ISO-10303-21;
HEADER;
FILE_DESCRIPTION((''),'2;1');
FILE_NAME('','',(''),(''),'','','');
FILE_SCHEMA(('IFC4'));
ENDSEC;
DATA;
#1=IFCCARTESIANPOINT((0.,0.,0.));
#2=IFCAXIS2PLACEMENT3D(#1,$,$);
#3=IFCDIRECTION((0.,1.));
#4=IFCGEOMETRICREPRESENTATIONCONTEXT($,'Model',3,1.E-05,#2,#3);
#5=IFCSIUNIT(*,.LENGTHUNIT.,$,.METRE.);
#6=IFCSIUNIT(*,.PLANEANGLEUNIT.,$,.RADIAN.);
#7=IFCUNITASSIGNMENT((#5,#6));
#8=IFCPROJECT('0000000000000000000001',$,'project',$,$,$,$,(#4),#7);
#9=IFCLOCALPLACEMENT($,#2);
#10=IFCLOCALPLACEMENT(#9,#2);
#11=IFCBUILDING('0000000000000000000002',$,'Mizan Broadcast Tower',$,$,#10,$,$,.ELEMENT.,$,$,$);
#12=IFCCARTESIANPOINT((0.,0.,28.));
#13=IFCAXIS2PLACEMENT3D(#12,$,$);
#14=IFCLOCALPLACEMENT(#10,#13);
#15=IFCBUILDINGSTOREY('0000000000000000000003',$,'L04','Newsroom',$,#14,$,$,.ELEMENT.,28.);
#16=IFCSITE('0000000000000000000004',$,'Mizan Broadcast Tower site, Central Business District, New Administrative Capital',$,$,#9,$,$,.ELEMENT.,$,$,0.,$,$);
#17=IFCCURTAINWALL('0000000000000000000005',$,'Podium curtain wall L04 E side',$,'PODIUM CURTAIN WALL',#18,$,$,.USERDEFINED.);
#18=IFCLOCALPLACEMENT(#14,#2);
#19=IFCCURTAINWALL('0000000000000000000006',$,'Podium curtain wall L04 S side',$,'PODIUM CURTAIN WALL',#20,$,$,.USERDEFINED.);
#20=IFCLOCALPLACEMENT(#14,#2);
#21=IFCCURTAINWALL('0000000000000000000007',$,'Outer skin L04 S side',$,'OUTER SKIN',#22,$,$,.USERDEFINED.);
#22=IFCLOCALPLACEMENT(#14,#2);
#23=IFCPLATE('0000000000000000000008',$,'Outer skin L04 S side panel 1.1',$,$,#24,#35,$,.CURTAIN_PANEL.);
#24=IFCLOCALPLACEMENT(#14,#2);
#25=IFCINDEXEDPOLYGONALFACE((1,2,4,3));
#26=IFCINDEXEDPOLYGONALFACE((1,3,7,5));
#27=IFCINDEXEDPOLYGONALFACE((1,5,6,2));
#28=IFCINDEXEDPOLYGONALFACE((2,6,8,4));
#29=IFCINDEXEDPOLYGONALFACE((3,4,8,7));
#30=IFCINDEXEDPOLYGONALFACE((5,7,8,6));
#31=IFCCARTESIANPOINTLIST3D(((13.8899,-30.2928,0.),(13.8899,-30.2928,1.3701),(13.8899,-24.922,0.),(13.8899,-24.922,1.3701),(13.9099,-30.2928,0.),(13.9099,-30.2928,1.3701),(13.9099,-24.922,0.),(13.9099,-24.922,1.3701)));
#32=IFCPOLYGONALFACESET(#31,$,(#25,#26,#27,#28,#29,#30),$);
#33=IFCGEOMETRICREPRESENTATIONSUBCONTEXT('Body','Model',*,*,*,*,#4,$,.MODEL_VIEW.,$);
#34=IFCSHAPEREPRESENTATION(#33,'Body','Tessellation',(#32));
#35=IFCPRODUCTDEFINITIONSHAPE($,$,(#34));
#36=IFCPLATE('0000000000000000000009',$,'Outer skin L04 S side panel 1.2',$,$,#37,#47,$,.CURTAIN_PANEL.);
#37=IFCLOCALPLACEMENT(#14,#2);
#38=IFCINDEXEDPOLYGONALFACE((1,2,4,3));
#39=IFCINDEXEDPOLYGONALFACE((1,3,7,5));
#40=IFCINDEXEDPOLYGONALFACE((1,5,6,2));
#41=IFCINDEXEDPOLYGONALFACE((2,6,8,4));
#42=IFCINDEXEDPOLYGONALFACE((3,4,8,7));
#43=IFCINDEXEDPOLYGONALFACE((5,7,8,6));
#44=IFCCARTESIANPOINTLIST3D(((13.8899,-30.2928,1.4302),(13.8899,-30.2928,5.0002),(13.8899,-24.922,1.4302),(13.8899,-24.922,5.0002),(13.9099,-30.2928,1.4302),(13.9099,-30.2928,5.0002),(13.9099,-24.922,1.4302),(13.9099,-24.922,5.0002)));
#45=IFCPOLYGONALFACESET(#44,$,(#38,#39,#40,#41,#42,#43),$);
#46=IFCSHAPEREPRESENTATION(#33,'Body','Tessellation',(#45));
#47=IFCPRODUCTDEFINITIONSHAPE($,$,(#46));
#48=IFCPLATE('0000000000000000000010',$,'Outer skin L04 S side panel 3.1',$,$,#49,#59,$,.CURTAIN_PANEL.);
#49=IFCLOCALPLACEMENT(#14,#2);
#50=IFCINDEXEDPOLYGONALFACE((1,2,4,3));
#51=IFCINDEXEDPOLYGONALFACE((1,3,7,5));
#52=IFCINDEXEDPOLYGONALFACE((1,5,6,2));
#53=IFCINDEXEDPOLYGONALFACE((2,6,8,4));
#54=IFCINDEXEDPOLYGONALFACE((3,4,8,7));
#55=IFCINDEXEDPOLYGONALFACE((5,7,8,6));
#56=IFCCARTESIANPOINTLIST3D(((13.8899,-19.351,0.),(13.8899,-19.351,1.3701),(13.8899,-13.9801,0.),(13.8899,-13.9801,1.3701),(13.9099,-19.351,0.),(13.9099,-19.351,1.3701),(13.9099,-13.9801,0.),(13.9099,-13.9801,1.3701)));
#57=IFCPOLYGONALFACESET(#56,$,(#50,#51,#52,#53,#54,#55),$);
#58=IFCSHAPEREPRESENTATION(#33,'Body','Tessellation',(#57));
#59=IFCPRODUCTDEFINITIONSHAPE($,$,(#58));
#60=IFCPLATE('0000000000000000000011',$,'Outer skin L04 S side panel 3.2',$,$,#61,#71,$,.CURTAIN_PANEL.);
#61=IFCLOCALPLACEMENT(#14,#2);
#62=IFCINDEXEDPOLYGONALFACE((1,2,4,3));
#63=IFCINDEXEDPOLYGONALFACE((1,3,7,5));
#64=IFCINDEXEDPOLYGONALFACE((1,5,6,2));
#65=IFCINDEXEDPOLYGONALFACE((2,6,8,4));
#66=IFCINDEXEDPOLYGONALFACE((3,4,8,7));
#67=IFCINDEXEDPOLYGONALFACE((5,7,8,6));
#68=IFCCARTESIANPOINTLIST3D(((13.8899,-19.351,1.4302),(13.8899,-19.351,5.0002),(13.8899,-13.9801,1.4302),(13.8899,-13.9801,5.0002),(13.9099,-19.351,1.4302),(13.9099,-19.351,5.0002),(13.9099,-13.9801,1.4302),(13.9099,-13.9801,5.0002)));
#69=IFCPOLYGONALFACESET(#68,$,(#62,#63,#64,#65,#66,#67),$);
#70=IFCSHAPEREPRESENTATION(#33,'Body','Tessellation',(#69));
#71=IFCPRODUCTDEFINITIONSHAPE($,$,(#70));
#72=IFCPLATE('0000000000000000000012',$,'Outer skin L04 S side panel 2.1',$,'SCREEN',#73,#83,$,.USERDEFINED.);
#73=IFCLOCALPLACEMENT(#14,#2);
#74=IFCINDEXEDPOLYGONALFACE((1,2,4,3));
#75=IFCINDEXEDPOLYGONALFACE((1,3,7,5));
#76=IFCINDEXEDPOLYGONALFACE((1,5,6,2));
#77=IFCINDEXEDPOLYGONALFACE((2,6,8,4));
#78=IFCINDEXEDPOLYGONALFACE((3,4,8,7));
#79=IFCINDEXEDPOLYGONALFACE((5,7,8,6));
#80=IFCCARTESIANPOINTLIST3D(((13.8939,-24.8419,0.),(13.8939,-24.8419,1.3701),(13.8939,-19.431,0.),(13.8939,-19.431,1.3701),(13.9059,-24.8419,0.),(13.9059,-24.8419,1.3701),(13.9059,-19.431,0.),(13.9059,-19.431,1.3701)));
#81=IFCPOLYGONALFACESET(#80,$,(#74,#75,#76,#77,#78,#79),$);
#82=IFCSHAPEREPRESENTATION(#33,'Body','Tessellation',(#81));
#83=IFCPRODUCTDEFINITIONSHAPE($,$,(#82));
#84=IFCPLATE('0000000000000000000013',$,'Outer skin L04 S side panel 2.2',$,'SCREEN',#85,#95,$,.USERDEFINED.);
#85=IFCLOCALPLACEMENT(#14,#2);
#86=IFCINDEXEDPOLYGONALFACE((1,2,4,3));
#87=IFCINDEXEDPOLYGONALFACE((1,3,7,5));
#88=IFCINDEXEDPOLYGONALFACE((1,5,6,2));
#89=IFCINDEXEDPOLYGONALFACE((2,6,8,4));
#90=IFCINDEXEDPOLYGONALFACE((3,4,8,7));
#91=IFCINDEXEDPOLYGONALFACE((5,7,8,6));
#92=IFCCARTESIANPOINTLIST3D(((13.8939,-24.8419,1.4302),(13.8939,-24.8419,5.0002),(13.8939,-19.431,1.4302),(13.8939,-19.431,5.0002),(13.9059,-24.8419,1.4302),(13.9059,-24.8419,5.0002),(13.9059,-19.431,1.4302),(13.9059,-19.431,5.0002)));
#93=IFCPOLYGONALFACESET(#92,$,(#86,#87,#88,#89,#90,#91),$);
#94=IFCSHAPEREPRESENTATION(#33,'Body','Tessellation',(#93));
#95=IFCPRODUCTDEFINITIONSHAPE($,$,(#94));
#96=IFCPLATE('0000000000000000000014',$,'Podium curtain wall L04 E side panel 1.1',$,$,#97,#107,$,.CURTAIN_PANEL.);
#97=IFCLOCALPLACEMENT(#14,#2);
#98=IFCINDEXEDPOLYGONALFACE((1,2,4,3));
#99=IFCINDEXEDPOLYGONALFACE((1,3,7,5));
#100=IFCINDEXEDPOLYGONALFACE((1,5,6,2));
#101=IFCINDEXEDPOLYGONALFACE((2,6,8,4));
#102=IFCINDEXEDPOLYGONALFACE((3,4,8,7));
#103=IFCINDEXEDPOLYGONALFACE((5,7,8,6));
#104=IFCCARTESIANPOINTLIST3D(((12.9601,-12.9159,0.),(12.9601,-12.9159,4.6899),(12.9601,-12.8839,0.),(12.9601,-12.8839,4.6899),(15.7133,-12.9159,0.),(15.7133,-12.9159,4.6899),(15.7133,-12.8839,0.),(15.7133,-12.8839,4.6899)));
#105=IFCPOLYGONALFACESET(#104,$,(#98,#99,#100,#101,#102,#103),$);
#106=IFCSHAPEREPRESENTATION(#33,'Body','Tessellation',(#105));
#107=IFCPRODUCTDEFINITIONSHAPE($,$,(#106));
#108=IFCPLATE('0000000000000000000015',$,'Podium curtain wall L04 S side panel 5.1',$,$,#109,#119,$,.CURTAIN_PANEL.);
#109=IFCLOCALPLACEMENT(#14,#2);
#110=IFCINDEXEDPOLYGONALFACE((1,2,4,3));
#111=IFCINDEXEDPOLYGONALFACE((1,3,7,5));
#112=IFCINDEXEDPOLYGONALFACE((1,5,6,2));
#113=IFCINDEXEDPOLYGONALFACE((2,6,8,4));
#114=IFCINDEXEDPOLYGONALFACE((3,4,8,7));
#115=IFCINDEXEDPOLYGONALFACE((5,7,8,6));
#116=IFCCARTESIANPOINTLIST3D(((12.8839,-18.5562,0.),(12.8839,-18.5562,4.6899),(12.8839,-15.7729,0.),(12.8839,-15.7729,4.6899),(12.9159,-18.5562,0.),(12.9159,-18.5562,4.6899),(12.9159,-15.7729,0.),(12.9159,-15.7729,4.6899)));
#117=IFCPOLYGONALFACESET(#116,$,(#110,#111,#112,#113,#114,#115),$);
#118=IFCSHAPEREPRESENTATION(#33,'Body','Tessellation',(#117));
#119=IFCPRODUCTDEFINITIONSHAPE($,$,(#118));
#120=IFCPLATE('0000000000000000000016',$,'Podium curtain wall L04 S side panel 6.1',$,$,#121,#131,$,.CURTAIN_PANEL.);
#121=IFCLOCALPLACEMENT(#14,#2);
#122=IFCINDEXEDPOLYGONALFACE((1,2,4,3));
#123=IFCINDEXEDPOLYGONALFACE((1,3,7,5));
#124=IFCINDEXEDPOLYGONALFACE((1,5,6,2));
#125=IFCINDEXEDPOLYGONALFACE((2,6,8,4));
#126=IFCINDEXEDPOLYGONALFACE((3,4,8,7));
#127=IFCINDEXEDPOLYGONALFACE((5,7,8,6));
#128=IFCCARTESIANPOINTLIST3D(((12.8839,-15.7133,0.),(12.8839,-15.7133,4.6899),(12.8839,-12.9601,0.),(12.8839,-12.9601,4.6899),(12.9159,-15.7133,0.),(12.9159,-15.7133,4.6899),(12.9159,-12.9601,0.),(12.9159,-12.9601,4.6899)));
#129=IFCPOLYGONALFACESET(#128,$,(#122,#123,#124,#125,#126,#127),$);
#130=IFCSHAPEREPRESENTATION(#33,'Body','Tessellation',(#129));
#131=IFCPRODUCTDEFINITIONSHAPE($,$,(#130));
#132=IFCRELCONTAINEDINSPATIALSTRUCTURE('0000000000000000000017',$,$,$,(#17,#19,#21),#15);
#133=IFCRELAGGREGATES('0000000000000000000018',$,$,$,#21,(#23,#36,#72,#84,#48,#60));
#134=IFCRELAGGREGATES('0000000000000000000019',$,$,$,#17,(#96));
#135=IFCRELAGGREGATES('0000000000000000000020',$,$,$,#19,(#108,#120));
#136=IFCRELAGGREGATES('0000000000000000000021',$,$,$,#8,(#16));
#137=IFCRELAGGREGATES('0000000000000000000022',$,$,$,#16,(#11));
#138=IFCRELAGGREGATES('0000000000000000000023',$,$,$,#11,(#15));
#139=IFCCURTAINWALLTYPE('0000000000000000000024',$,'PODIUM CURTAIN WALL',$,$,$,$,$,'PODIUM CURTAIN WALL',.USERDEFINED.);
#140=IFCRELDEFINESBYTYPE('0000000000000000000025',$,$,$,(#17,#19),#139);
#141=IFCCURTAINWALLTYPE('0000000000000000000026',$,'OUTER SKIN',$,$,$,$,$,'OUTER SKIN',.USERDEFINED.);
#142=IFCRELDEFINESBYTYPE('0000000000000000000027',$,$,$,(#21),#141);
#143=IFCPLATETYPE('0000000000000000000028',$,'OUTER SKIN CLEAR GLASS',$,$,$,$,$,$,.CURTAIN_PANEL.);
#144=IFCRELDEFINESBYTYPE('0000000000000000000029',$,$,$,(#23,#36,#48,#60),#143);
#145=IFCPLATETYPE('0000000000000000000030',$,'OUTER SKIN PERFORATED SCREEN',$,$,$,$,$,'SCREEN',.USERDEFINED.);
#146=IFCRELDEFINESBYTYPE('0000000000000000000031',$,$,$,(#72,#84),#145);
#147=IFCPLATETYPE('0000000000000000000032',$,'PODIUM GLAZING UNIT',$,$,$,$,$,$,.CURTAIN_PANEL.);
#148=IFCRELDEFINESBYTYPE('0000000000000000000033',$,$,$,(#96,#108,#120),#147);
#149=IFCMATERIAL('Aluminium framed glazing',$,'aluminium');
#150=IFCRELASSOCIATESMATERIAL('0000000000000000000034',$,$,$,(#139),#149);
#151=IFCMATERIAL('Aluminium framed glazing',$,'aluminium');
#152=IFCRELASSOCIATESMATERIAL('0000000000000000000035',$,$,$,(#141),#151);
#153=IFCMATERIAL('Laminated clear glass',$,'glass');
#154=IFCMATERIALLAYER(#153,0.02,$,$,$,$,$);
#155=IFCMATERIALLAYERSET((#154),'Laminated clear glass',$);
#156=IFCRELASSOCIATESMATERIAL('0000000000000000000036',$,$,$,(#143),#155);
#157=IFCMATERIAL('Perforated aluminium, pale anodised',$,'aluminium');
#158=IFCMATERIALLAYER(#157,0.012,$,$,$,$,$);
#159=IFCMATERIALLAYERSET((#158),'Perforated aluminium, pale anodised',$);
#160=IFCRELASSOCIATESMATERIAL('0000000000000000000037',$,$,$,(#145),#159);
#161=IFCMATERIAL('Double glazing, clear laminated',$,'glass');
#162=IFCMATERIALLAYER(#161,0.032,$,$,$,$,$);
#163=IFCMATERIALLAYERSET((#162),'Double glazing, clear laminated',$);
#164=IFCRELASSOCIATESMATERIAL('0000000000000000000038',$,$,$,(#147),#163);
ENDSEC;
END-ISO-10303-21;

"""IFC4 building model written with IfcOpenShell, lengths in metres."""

from ifc_helpers import new_model, si_unit, direction, frame, origin, origin_2d, place, context, subcontext, project, spatial, rectangle, extrude, material, layer, layer_set, type_object, element, aggregate, save


model = new_model("IFC4")

# Units and contexts
model_context = context("Model", 3, precision=1e-05, world=origin(), true_north=direction((0.0, 1.0)))
body_context = subcontext(model_context, "Body", "Model", "MODEL_VIEW")
ifc_project = project(units=[si_unit("LENGTHUNIT", "METRE"), si_unit("PLANEANGLEUNIT", "RADIAN")], contexts=[model_context])

# Site, building, storey
site_placement = place(None, origin())
site = spatial("IfcSite", under=ifc_project, at=site_placement, Name="Mizan Broadcast Tower site, Central Business District, New Administrative Capital", CompositionType="ELEMENT", RefElevation=0.0)
building_placement = place(site_placement, origin())
building = spatial("IfcBuilding", under=site, at=building_placement, Name="Mizan Broadcast Tower", CompositionType="ELEMENT")
storey_placement = place(building_placement, frame((0.0, 0.0, 28.0)))
storey = spatial("IfcBuildingStorey", under=building, at=storey_placement, Name="L04", Description="Newsroom", CompositionType="ELEMENT", Elevation=28.0)

# Curtain wall
ifc_material_1 = material(Name="Aluminium framed glazing", Category="aluminium")
curtain_wall_type_1 = type_object("IfcCurtainWallType", Name="PODIUM CURTAIN WALL", ElementType="PODIUM CURTAIN WALL", PredefinedType="USERDEFINED", material=ifc_material_1)
curtain_wall_1_placement = place(storey_placement, origin())
curtain_wall_1 = element("IfcCurtainWall", 1, at=curtain_wall_1_placement, inside=storey, type_object=curtain_wall_type_1, Name="Podium curtain wall L04 E side", ObjectType="PODIUM CURTAIN WALL", PredefinedType="USERDEFINED")

# Curtain wall
curtain_wall_2_placement = place(storey_placement, origin())
curtain_wall_2 = element("IfcCurtainWall", 2, at=curtain_wall_2_placement, inside=storey, type_object=curtain_wall_type_1, Name="Podium curtain wall L04 S side", ObjectType="PODIUM CURTAIN WALL", PredefinedType="USERDEFINED")

# Shared definitions
ifc_material_2 = material(Name="Aluminium framed glazing", Category="aluminium")
curtain_wall_type_2 = type_object("IfcCurtainWallType", Name="OUTER SKIN", ElementType="OUTER SKIN", PredefinedType="USERDEFINED", material=ifc_material_2)

# Curtain wall
curtain_wall_3_placement = place(storey_placement, origin())
curtain_wall_3 = element("IfcCurtainWall", 3, at=curtain_wall_3_placement, inside=storey, type_object=curtain_wall_type_2, Name="Outer skin L04 S side", ObjectType="OUTER SKIN", PredefinedType="USERDEFINED")

# Plates
ifc_material_3 = material(Name="Laminated clear glass", Category="glass")
ifc_layer_1 = layer(ifc_material_3, 0.02)
ifc_layer_set_1 = layer_set([ifc_layer_1], Name="Laminated clear glass")
plate_type_1 = type_object("IfcPlateType", Name="OUTER SKIN CLEAR GLASS", PredefinedType="CURTAIN_PANEL", material=ifc_layer_set_1)
plate_1_placement = place(storey_placement, frame((13.8999, -27.6074, 0.0), z_axis=(0.0, 0.0, 1.0), x_axis=(0.0, 1.0, 0.0)))
plate_1 = element("IfcPlate", 4, at=plate_1_placement, type_object=plate_type_1, Name="Outer skin L04 S side panel 1.1", PredefinedType="CURTAIN_PANEL", context=body_context, shape_type="SweptSolid", body=[
    extrude(rectangle(XDim=5.3708, YDim=0.02, at=origin_2d()), origin(), (0.0, 0.0, 1.0), 1.3701),
])
plate_2_placement = place(storey_placement, frame((13.8999, -27.6074, 1.4302), z_axis=(0.0, 0.0, 1.0), x_axis=(0.0, 1.0, 0.0)))
plate_2 = element("IfcPlate", 5, at=plate_2_placement, type_object=plate_type_1, Name="Outer skin L04 S side panel 1.2", PredefinedType="CURTAIN_PANEL", context=body_context, shape_type="SweptSolid", body=[
    extrude(rectangle(XDim=5.3708, YDim=0.02, at=origin_2d()), origin(), (0.0, 0.0, 1.0), 3.5701),
])
plate_3_placement = place(storey_placement, frame((13.8999, -16.6655, 0.0), z_axis=(0.0, 0.0, 1.0), x_axis=(0.0, 1.0, 0.0)))
plate_3 = element("IfcPlate", 6, at=plate_3_placement, type_object=plate_type_1, Name="Outer skin L04 S side panel 3.1", PredefinedType="CURTAIN_PANEL", context=body_context, shape_type="SweptSolid", body=[
    extrude(rectangle(XDim=5.3708, YDim=0.02, at=origin_2d()), origin(), (0.0, 0.0, 1.0), 1.3701),
])
plate_4_placement = place(storey_placement, frame((13.8999, -16.6655, 1.4302), z_axis=(0.0, 0.0, 1.0), x_axis=(0.0, 1.0, 0.0)))
plate_4 = element("IfcPlate", 7, at=plate_4_placement, type_object=plate_type_1, Name="Outer skin L04 S side panel 3.2", PredefinedType="CURTAIN_PANEL", context=body_context, shape_type="SweptSolid", body=[
    extrude(rectangle(XDim=5.3708, YDim=0.02, at=origin_2d()), origin(), (0.0, 0.0, 1.0), 3.5701),
])
ifc_material_4 = material(Name="Perforated aluminium, pale anodised", Category="aluminium")
ifc_layer_2 = layer(ifc_material_4, 0.012)
ifc_layer_set_2 = layer_set([ifc_layer_2], Name="Perforated aluminium, pale anodised")
plate_type_2 = type_object("IfcPlateType", Name="OUTER SKIN PERFORATED SCREEN", ElementType="SCREEN", PredefinedType="USERDEFINED", material=ifc_layer_set_2)
plate_5_placement = place(storey_placement, frame((13.8999, -22.1365, 0.0), z_axis=(0.0, 0.0, 1.0), x_axis=(0.0, 1.0, 0.0)))
plate_5 = element("IfcPlate", 8, at=plate_5_placement, type_object=plate_type_2, Name="Outer skin L04 S side panel 2.1", ObjectType="SCREEN", PredefinedType="USERDEFINED", context=body_context, shape_type="SweptSolid", body=[
    extrude(rectangle(XDim=5.4109, YDim=0.012, at=origin_2d()), origin(), (0.0, 0.0, 1.0), 1.3701),
])
plate_6_placement = place(storey_placement, frame((13.8999, -22.1365, 1.4302), z_axis=(0.0, 0.0, 1.0), x_axis=(0.0, 1.0, 0.0)))
plate_6 = element("IfcPlate", 9, at=plate_6_placement, type_object=plate_type_2, Name="Outer skin L04 S side panel 2.2", ObjectType="SCREEN", PredefinedType="USERDEFINED", context=body_context, shape_type="SweptSolid", body=[
    extrude(rectangle(XDim=5.4109, YDim=0.012, at=origin_2d()), origin(), (0.0, 0.0, 1.0), 3.5701),
])
aggregate(curtain_wall_3, [plate_1, plate_2, plate_5, plate_6, plate_3, plate_4])
ifc_material_5 = material(Name="Double glazing, clear laminated", Category="glass")
ifc_layer_3 = layer(ifc_material_5, 0.032)
ifc_layer_set_3 = layer_set([ifc_layer_3], Name="Double glazing, clear laminated")
plate_type_3 = type_object("IfcPlateType", Name="PODIUM GLAZING UNIT", PredefinedType="CURTAIN_PANEL", material=ifc_layer_set_3)
plate_7_placement = place(storey_placement, frame((14.3367, -12.8999, 0.0), z_axis=(0.0, 0.0, 1.0), x_axis=(1.0, 0.0, 0.0)))
plate_7 = element("IfcPlate", 10, at=plate_7_placement, type_object=plate_type_3, Name="Podium curtain wall L04 E side panel 1.1", PredefinedType="CURTAIN_PANEL", context=body_context, shape_type="SweptSolid", body=[
    extrude(rectangle(XDim=2.7532, YDim=0.032, at=origin_2d()), origin(), (0.0, 0.0, 1.0), 4.6899),
])
aggregate(curtain_wall_1, [plate_7])
plate_8_placement = place(storey_placement, frame((12.8999, -17.1646, 0.0), z_axis=(0.0, 0.0, 1.0), x_axis=(0.0, 1.0, 0.0)))
plate_8 = element("IfcPlate", 11, at=plate_8_placement, type_object=plate_type_3, Name="Podium curtain wall L04 S side panel 5.1", PredefinedType="CURTAIN_PANEL", context=body_context, shape_type="SweptSolid", body=[
    extrude(rectangle(XDim=2.7832, YDim=0.032, at=origin_2d()), origin(), (0.0, 0.0, 1.0), 4.6899),
])
plate_9_placement = place(storey_placement, frame((12.8999, -14.3367, 0.0), z_axis=(0.0, 0.0, 1.0), x_axis=(0.0, 1.0, 0.0)))
plate_9 = element("IfcPlate", 12, at=plate_9_placement, type_object=plate_type_3, Name="Podium curtain wall L04 S side panel 6.1", PredefinedType="CURTAIN_PANEL", context=body_context, shape_type="SweptSolid", body=[
    extrude(rectangle(XDim=2.7532, YDim=0.032, at=origin_2d()), origin(), (0.0, 0.0, 1.0), 4.6899),
])
aggregate(curtain_wall_2, [plate_8, plate_9])

save(model, "model.ifc")
